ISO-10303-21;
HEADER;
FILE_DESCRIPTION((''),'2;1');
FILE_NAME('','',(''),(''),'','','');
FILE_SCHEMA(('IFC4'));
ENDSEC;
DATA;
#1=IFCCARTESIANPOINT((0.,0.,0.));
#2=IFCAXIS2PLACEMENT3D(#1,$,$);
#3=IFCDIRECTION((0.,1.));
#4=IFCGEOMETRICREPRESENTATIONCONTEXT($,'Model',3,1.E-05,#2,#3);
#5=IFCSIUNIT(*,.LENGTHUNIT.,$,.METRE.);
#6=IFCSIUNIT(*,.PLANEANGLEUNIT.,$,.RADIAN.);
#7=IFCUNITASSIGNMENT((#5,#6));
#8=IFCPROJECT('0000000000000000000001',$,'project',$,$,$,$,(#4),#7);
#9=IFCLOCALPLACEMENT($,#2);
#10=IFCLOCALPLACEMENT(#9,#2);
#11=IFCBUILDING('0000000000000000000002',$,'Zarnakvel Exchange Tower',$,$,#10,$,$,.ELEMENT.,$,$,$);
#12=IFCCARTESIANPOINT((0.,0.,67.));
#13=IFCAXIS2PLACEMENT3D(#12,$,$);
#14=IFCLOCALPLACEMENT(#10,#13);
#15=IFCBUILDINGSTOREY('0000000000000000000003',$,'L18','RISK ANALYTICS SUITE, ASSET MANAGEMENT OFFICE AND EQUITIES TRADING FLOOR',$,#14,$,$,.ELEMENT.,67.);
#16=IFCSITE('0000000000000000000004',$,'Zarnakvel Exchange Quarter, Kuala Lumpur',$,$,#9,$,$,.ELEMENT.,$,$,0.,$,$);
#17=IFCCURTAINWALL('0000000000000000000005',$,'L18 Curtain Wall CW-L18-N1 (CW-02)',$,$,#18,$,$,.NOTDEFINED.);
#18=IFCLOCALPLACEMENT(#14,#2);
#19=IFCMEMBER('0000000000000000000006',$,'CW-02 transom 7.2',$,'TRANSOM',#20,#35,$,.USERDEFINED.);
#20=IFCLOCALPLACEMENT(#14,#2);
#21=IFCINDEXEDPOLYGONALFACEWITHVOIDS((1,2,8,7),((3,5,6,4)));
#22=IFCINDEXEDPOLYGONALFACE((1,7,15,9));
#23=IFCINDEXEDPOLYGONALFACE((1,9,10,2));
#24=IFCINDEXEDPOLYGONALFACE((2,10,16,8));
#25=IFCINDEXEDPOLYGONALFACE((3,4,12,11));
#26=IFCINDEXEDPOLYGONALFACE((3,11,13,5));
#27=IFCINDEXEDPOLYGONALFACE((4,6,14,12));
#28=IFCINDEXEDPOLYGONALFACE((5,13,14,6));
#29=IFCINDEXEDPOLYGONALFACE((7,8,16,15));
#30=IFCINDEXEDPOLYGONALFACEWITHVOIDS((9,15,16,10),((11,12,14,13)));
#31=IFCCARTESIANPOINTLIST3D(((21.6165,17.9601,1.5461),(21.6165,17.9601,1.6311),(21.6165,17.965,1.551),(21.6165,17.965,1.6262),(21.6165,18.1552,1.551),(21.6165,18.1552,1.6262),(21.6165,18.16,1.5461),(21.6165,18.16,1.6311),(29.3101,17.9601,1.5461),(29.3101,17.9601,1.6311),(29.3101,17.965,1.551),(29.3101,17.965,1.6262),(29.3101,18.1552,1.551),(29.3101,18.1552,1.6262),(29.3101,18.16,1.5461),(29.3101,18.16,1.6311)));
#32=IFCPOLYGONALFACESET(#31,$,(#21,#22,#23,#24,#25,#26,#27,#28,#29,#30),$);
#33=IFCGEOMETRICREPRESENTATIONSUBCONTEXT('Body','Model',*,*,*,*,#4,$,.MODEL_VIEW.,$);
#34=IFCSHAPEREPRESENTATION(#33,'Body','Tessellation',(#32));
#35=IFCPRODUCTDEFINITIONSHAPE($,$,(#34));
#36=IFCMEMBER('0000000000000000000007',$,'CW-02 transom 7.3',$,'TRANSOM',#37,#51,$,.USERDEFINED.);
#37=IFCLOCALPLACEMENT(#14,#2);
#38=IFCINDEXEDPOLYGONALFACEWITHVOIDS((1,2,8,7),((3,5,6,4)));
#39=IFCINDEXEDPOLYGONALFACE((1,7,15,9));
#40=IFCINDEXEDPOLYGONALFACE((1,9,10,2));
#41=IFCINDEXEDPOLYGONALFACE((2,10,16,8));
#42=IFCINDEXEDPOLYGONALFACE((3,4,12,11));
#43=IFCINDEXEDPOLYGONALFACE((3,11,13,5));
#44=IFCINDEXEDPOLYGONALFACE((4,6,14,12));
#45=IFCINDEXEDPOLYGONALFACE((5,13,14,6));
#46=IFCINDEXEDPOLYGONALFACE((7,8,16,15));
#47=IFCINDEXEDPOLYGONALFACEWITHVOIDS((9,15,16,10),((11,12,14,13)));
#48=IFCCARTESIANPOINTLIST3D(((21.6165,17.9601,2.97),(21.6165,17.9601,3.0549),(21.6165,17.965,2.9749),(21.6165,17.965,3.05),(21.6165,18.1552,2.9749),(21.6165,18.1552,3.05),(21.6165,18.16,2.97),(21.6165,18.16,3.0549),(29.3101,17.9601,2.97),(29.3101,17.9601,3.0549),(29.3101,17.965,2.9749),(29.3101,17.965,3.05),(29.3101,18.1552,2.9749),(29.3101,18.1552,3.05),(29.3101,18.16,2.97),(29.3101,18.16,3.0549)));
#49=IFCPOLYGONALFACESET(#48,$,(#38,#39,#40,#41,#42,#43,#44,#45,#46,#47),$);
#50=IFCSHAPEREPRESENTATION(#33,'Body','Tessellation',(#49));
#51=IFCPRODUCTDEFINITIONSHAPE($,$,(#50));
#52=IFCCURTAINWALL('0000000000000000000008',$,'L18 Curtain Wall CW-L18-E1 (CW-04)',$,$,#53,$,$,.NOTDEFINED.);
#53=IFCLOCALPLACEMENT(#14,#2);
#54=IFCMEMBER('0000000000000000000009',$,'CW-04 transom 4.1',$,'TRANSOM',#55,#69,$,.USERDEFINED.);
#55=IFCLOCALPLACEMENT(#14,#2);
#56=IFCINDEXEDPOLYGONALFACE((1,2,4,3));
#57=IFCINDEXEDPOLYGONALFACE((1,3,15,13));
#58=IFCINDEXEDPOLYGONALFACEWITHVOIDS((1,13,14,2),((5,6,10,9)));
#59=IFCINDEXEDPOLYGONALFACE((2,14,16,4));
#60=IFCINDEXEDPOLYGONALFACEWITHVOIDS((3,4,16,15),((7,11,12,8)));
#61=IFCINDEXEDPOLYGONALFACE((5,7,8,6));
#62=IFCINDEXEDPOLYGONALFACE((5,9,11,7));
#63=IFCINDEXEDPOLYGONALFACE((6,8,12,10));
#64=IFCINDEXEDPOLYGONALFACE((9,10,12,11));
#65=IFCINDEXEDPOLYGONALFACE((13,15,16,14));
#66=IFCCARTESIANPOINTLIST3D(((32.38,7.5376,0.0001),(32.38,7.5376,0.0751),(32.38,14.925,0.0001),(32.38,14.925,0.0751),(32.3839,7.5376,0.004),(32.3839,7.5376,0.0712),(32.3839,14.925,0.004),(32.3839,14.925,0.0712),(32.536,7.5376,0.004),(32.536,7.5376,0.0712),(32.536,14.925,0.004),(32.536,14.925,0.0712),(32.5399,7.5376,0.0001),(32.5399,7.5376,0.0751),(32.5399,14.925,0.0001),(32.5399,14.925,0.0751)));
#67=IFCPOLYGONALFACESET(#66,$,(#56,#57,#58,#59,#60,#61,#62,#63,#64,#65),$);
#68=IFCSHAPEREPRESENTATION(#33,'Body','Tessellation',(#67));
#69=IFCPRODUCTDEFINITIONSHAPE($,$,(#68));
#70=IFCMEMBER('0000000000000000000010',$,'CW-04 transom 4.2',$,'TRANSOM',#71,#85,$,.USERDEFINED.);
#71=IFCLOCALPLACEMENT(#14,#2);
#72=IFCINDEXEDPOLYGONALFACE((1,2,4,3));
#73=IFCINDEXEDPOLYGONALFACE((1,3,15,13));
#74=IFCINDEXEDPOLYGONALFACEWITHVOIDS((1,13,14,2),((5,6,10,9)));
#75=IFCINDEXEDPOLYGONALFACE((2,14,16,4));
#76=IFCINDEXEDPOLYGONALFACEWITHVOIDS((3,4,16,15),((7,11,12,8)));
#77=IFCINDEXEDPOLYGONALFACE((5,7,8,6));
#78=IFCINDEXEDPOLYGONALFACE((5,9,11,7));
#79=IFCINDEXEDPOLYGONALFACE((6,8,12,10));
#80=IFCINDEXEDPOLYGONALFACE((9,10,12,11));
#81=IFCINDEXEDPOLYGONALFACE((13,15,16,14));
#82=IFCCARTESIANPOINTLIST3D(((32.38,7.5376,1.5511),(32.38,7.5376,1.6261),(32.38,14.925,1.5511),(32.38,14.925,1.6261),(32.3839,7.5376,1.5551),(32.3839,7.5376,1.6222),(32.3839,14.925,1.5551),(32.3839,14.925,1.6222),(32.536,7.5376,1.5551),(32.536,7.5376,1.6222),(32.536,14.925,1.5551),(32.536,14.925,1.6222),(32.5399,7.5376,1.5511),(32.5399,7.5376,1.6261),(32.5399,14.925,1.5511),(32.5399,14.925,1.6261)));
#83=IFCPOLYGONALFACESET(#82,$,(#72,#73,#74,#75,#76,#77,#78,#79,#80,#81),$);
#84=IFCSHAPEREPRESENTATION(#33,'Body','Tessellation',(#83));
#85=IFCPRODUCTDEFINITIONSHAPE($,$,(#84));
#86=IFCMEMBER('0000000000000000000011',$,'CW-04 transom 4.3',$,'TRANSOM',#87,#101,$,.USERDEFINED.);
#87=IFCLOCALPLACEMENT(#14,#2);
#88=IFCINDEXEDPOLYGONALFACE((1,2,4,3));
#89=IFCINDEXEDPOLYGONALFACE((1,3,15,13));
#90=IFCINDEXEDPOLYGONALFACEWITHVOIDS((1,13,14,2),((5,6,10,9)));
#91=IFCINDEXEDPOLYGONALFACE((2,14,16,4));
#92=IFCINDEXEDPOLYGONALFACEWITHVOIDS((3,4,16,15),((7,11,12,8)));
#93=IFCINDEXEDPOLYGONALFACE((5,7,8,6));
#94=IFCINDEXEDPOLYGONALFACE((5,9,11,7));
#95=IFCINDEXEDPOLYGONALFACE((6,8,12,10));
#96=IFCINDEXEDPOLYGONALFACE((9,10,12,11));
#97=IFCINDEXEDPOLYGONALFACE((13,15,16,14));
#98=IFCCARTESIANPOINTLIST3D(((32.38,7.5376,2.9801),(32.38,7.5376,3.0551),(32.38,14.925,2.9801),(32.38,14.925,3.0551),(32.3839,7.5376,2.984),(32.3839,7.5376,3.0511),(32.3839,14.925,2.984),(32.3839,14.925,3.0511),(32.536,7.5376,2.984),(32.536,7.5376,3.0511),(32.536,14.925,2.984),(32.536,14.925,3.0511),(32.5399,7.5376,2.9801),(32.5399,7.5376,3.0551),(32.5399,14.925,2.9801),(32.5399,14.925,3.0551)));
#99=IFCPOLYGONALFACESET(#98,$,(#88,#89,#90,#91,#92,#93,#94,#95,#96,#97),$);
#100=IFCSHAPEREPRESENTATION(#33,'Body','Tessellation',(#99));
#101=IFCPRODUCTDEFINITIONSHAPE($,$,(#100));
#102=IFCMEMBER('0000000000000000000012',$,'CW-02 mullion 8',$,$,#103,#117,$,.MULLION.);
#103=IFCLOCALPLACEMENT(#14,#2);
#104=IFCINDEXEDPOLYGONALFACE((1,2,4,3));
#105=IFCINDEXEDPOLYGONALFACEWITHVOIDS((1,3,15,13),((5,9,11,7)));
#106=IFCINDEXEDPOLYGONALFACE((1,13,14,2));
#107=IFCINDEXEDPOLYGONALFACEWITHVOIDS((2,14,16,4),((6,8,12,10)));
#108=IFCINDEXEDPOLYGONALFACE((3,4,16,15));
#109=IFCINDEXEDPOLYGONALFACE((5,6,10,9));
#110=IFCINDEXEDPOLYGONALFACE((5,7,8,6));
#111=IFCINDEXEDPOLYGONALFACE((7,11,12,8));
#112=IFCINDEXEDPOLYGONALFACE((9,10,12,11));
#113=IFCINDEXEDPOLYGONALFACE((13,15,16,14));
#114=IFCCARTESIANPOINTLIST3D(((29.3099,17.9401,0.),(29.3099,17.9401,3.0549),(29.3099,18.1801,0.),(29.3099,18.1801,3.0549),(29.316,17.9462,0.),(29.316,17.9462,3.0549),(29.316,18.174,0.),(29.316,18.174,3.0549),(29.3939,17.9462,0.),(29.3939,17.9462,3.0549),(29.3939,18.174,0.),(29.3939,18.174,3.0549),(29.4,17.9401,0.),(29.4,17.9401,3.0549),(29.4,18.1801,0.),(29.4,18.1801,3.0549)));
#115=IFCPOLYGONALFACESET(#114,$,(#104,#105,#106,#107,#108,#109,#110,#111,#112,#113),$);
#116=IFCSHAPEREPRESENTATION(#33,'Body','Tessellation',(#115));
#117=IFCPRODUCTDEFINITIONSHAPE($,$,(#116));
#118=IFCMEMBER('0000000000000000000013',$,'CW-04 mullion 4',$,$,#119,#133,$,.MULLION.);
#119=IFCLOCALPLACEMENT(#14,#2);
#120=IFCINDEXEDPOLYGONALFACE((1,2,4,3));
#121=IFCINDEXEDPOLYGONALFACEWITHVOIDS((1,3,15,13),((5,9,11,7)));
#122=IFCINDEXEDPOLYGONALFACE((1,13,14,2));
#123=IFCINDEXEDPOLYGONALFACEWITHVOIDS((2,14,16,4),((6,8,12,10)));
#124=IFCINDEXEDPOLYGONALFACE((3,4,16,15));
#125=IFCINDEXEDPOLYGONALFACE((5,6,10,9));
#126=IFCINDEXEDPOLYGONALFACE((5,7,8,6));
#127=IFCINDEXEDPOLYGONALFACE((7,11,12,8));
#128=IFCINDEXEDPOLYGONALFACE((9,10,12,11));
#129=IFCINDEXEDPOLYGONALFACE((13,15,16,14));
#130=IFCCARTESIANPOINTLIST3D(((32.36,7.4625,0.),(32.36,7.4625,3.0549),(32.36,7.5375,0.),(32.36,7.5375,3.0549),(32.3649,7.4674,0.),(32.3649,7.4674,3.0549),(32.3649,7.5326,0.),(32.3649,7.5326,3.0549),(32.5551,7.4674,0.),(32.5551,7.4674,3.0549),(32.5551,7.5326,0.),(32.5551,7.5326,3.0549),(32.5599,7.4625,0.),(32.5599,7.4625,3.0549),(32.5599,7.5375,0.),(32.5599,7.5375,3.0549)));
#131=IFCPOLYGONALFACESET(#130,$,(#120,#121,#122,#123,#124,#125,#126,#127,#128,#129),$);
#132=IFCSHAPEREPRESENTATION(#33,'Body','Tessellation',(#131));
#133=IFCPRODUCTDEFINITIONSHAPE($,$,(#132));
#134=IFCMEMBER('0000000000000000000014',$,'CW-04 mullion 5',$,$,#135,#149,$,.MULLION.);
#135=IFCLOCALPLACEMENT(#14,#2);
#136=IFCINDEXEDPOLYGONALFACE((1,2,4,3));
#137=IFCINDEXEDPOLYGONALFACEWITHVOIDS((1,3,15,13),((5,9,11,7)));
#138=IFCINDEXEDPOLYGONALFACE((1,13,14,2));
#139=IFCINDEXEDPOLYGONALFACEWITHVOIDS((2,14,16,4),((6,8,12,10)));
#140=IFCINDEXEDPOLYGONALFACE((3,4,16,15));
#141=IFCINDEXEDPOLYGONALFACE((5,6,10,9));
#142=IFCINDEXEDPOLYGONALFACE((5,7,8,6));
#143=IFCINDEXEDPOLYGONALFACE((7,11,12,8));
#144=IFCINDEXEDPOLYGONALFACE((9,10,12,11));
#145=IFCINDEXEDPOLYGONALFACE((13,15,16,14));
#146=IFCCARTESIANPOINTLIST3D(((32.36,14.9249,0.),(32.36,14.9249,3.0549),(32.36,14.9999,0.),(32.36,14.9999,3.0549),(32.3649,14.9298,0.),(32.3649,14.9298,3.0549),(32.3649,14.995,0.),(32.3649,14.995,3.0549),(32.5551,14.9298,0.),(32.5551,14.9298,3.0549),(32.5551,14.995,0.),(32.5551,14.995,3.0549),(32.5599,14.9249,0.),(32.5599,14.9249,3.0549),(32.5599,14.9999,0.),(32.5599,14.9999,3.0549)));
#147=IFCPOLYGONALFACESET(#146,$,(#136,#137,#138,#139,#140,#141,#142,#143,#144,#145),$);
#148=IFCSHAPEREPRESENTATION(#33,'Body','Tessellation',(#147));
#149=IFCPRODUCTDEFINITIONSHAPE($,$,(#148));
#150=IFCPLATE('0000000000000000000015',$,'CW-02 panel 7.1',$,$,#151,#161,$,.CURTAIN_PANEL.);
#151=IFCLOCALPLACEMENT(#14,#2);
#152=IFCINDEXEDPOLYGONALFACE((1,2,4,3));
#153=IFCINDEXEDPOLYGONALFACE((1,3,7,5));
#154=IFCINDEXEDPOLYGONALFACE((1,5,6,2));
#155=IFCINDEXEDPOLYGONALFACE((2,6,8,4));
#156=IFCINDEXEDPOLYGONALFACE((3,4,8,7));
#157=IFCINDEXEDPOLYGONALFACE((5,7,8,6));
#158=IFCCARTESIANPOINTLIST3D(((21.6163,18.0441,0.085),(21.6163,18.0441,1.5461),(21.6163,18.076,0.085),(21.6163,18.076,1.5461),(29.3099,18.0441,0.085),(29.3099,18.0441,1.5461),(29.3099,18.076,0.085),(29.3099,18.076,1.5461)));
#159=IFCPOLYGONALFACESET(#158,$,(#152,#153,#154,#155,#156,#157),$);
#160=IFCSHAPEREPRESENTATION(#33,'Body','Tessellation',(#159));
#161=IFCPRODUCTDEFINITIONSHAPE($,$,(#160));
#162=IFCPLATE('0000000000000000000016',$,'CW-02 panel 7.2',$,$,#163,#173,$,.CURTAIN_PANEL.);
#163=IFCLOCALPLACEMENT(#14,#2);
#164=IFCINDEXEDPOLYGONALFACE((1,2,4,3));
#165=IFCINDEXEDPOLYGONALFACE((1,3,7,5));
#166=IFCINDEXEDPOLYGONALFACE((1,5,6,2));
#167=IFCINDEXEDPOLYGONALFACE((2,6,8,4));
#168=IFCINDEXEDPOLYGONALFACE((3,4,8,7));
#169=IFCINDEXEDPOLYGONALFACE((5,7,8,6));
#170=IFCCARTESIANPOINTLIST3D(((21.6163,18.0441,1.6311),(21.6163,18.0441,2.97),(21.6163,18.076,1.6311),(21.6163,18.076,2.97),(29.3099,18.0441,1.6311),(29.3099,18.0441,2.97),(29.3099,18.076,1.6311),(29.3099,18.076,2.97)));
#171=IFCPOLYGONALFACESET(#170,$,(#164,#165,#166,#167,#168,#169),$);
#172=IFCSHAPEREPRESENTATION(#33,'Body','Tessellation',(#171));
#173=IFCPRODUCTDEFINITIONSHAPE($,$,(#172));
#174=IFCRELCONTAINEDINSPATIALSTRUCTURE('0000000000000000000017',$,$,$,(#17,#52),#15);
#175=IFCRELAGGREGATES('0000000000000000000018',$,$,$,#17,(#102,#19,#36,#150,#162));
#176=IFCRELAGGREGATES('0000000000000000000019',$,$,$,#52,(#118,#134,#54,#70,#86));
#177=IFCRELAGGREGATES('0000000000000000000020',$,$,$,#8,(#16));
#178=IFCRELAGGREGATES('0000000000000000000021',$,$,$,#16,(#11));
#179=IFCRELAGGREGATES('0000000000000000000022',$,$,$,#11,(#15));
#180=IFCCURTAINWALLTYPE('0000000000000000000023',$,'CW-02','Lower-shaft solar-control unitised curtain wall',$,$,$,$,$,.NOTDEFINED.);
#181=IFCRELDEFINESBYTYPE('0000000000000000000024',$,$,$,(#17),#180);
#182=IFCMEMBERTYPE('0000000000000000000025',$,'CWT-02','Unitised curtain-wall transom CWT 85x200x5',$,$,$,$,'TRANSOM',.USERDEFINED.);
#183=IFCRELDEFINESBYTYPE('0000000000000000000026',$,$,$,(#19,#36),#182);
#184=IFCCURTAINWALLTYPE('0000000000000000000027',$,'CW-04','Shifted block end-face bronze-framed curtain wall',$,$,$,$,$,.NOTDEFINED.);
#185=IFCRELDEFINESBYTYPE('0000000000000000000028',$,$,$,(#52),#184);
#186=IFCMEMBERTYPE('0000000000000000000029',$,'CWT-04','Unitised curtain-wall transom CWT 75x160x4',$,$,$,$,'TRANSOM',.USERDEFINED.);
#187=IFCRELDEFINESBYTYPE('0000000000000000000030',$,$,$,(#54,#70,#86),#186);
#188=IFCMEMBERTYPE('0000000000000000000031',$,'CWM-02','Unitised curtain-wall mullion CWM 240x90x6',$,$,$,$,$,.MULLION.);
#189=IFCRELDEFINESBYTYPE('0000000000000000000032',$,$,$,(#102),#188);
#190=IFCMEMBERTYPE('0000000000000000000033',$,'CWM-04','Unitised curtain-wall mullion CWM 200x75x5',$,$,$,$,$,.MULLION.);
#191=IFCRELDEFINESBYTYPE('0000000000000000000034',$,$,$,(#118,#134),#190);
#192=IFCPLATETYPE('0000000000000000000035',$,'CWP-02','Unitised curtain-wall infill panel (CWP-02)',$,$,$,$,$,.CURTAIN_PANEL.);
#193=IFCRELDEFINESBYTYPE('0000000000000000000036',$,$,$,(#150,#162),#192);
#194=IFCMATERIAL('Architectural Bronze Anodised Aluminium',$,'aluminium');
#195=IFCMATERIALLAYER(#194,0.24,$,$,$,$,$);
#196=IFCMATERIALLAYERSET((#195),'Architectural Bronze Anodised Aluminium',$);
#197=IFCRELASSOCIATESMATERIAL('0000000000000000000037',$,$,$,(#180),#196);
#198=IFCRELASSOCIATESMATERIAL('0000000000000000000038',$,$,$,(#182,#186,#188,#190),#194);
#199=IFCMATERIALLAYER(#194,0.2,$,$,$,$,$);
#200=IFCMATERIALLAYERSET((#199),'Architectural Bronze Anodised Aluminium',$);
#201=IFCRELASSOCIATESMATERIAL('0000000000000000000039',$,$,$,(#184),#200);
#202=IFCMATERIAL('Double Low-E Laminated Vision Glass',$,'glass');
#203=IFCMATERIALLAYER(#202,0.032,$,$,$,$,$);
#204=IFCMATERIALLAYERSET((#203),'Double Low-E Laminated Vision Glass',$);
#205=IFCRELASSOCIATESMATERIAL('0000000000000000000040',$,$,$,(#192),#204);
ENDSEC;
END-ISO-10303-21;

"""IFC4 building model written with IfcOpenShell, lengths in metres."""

from ifc_helpers import new_model, si_unit, direction, frame, origin, origin_2d, place, context, subcontext, project, spatial, rectangle, hollow_rectangle, extrude, source, transform, mapped, material, layer, layer_set, material_profile, profile_set, type_object, element, aggregate, save


model = new_model("IFC4")

# Units and contexts
model_context = context("Model", 3, precision=1e-05, world=origin(), true_north=direction((0.0, 1.0)))
body_context = subcontext(model_context, "Body", "Model", "MODEL_VIEW")
ifc_project = project(units=[si_unit("LENGTHUNIT", "METRE"), si_unit("PLANEANGLEUNIT", "RADIAN")], contexts=[model_context])

# Site, building, storey
site_placement = place(None, origin())
site = spatial("IfcSite", under=ifc_project, at=site_placement, Name="Zarnakvel Exchange Quarter, Kuala Lumpur", CompositionType="ELEMENT", RefElevation=0.0)
building_placement = place(site_placement, origin())
building = spatial("IfcBuilding", under=site, at=building_placement, Name="Zarnakvel Exchange Tower", CompositionType="ELEMENT")
storey_placement = place(building_placement, frame((0.0, 0.0, 67.0)))
storey = spatial("IfcBuildingStorey", under=building, at=storey_placement, Name="L18", Description="RISK ANALYTICS SUITE, ASSET MANAGEMENT OFFICE AND EQUITIES TRADING FLOOR", CompositionType="ELEMENT", Elevation=67.0)

# Curtain walls, members
ifc_material_1 = material(Name="Architectural Bronze Anodised Aluminium", Category="aluminium")
ifc_layer_1 = layer(ifc_material_1, 0.24)
ifc_layer_set_1 = layer_set([ifc_layer_1], Name="Architectural Bronze Anodised Aluminium")
curtain_wall_type_1 = type_object("IfcCurtainWallType", Name="CW-02", Description="Lower-shaft solar-control unitised curtain wall", PredefinedType="NOTDEFINED", material=ifc_layer_set_1)
curtain_wall_1_placement = place(storey_placement, origin())
curtain_wall_1 = element("IfcCurtainWall", 1, at=curtain_wall_1_placement, inside=storey, type_object=curtain_wall_type_1, Name="L18 Curtain Wall CW-L18-N1 (CW-02)", PredefinedType="NOTDEFINED")
ifc_material_profile_1 = material_profile(ifc_material_1, hollow_rectangle(XDim=0.2, YDim=0.085, WallThickness=0.0049, at=origin_2d()))
ifc_profile_set_1 = profile_set([ifc_material_profile_1], Name="Architectural Bronze Anodised Aluminium")
member_type_1 = type_object("IfcMemberType", Name="CWT-02", Description="Unitised curtain-wall transom CWT 85x200x5", ElementType="TRANSOM", PredefinedType="USERDEFINED", material=ifc_profile_set_1)
shared_shape_1 = source(origin(), body_context, "Body", "SweptSolid", [
    extrude(hollow_rectangle(XDim=0.2, YDim=0.085, WallThickness=0.0049, at=origin_2d()), origin(), (0.0, 0.0, 1.0), 7.6936),
])
member_1_placement = place(storey_placement, frame((21.6165, 18.0601, 1.5886), z_axis=(1.0, 0.0, 0.0), x_axis=(0.0, 1.0, 0.0)))
member_1 = element("IfcMember", 2, at=member_1_placement, type_object=member_type_1, Name="CW-02 transom 7.2", ObjectType="TRANSOM", PredefinedType="USERDEFINED", context=body_context, shape_type="MappedRepresentation", body=[
    mapped(shared_shape_1, transform((0.0, 0.0, 0.0), x_axis=(1.0, 0.0, 0.0), y_axis=(0.0, 1.0, 0.0), z_axis=(0.0, 0.0, 1.0), scale=1.0)),
])
member_2_placement = place(storey_placement, frame((21.6165, 18.0601, 3.0125), z_axis=(1.0, 0.0, 0.0), x_axis=(0.0, 1.0, 0.0)))
member_2 = element("IfcMember", 3, at=member_2_placement, type_object=member_type_1, Name="CW-02 transom 7.3", ObjectType="TRANSOM", PredefinedType="USERDEFINED", context=body_context, shape_type="MappedRepresentation", body=[
    mapped(shared_shape_1, transform((0.0, 0.0, 0.0), x_axis=(1.0, 0.0, 0.0), y_axis=(0.0, 1.0, 0.0), z_axis=(0.0, 0.0, 1.0), scale=1.0)),
])
ifc_layer_2 = layer(ifc_material_1, 0.2)
ifc_layer_set_2 = layer_set([ifc_layer_2], Name="Architectural Bronze Anodised Aluminium")
curtain_wall_type_2 = type_object("IfcCurtainWallType", Name="CW-04", Description="Shifted block end-face bronze-framed curtain wall", PredefinedType="NOTDEFINED", material=ifc_layer_set_2)
curtain_wall_2_placement = place(storey_placement, origin())
curtain_wall_2 = element("IfcCurtainWall", 4, at=curtain_wall_2_placement, inside=storey, type_object=curtain_wall_type_2, Name="L18 Curtain Wall CW-L18-E1 (CW-04)", PredefinedType="NOTDEFINED")
ifc_material_profile_2 = material_profile(ifc_material_1, hollow_rectangle(XDim=0.1599, YDim=0.075, WallThickness=0.0039, at=origin_2d()))
ifc_profile_set_2 = profile_set([ifc_material_profile_2], Name="Architectural Bronze Anodised Aluminium")
member_type_2 = type_object("IfcMemberType", Name="CWT-04", Description="Unitised curtain-wall transom CWT 75x160x4", ElementType="TRANSOM", PredefinedType="USERDEFINED", material=ifc_profile_set_2)
shared_shape_2 = source(origin(), body_context, "Body", "SweptSolid", [
    extrude(hollow_rectangle(XDim=0.1599, YDim=0.075, WallThickness=0.0039, at=origin_2d()), origin(), (0.0, 0.0, 1.0), 7.3875),
])
member_3_placement = place(storey_placement, frame((32.46, 7.5376, 0.0376), z_axis=(0.0, 1.0, 0.0), x_axis=(-1.0, 0.0, 0.0)))
member_3 = element("IfcMember", 5, at=member_3_placement, type_object=member_type_2, Name="CW-04 transom 4.1", ObjectType="TRANSOM", PredefinedType="USERDEFINED", context=body_context, shape_type="MappedRepresentation", body=[
    mapped(shared_shape_2, transform((0.0, 0.0, 0.0), x_axis=(1.0, 0.0, 0.0), y_axis=(0.0, 1.0, 0.0), z_axis=(0.0, 0.0, 1.0), scale=1.0)),
])
member_4_placement = place(storey_placement, frame((32.46, 7.5376, 1.5886), z_axis=(0.0, 1.0, 0.0), x_axis=(-1.0, 0.0, 0.0)))
member_4 = element("IfcMember", 6, at=member_4_placement, type_object=member_type_2, Name="CW-04 transom 4.2", ObjectType="TRANSOM", PredefinedType="USERDEFINED", context=body_context, shape_type="MappedRepresentation", body=[
    mapped(shared_shape_2, transform((0.0, 0.0, 0.0), x_axis=(1.0, 0.0, 0.0), y_axis=(0.0, 1.0, 0.0), z_axis=(0.0, 0.0, 1.0), scale=1.0)),
])
member_5_placement = place(storey_placement, frame((32.46, 7.5376, 3.0176), z_axis=(0.0, 1.0, 0.0), x_axis=(-1.0, 0.0, 0.0)))
member_5 = element("IfcMember", 7, at=member_5_placement, type_object=member_type_2, Name="CW-04 transom 4.3", ObjectType="TRANSOM", PredefinedType="USERDEFINED", context=body_context, shape_type="MappedRepresentation", body=[
    mapped(shared_shape_2, transform((0.0, 0.0, 0.0), x_axis=(1.0, 0.0, 0.0), y_axis=(0.0, 1.0, 0.0), z_axis=(0.0, 0.0, 1.0), scale=1.0)),
])

# Members
ifc_material_profile_3 = material_profile(ifc_material_1, hollow_rectangle(XDim=0.24, YDim=0.0901, WallThickness=0.0061, at=origin_2d()))
ifc_profile_set_3 = profile_set([ifc_material_profile_3], Name="Architectural Bronze Anodised Aluminium")
member_type_3 = type_object("IfcMemberType", Name="CWM-02", Description="Unitised curtain-wall mullion CWM 240x90x6", PredefinedType="MULLION", material=ifc_profile_set_3)
shared_shape_3 = source(origin(), body_context, "Body", "SweptSolid", [
    extrude(hollow_rectangle(XDim=0.24, YDim=0.0901, WallThickness=0.0061, at=origin_2d()), origin(), (0.0, 0.0, 1.0), 3.0549),
])
member_6_placement = place(storey_placement, frame((29.355, 18.0601, 0.0), z_axis=(0.0, 0.0, 1.0), x_axis=(0.0, 1.0, 0.0)))
member_6 = element("IfcMember", 8, at=member_6_placement, type_object=member_type_3, Name="CW-02 mullion 8", PredefinedType="MULLION", context=body_context, shape_type="MappedRepresentation", body=[
    mapped(shared_shape_3, transform((0.0, 0.0, 0.0), x_axis=(1.0, 0.0, 0.0), y_axis=(0.0, 1.0, 0.0), z_axis=(0.0, 0.0, 1.0), scale=1.0)),
])
ifc_material_profile_4 = material_profile(ifc_material_1, hollow_rectangle(XDim=0.2, YDim=0.075, WallThickness=0.0049, at=origin_2d()))
ifc_profile_set_4 = profile_set([ifc_material_profile_4], Name="Architectural Bronze Anodised Aluminium")
member_type_4 = type_object("IfcMemberType", Name="CWM-04", Description="Unitised curtain-wall mullion CWM 200x75x5", PredefinedType="MULLION", material=ifc_profile_set_4)
shared_shape_4 = source(origin(), body_context, "Body", "SweptSolid", [
    extrude(hollow_rectangle(XDim=0.2, YDim=0.075, WallThickness=0.0049, at=origin_2d()), origin(), (0.0, 0.0, 1.0), 3.0549),
])
member_7_placement = place(storey_placement, frame((32.46, 7.5, 0.0), z_axis=(0.0, 0.0, 1.0), x_axis=(-1.0, 0.0, 0.0)))
member_7 = element("IfcMember", 9, at=member_7_placement, type_object=member_type_4, Name="CW-04 mullion 4", PredefinedType="MULLION", context=body_context, shape_type="MappedRepresentation", body=[
    mapped(shared_shape_4, transform((0.0, 0.0, 0.0), x_axis=(1.0, 0.0, 0.0), y_axis=(0.0, 1.0, 0.0), z_axis=(0.0, 0.0, 1.0), scale=1.0)),
])
member_8_placement = place(storey_placement, frame((32.46, 14.9624, 0.0), z_axis=(0.0, 0.0, 1.0), x_axis=(-1.0, 0.0, 0.0)))
member_8 = element("IfcMember", 10, at=member_8_placement, type_object=member_type_4, Name="CW-04 mullion 5", PredefinedType="MULLION", context=body_context, shape_type="MappedRepresentation", body=[
    mapped(shared_shape_4, transform((0.0, 0.0, 0.0), x_axis=(1.0, 0.0, 0.0), y_axis=(0.0, 1.0, 0.0), z_axis=(0.0, 0.0, 1.0), scale=1.0)),
])

# Plates
ifc_material_2 = material(Name="Double Low-E Laminated Vision Glass", Category="glass")
ifc_layer_3 = layer(ifc_material_2, 0.032)
ifc_layer_set_3 = layer_set([ifc_layer_3], Name="Double Low-E Laminated Vision Glass")
plate_type_1 = type_object("IfcPlateType", Name="CWP-02", Description="Unitised curtain-wall infill panel (CWP-02)", PredefinedType="CURTAIN_PANEL", material=ifc_layer_set_3)
shared_shape_5 = source(origin(), body_context, "Body", "SweptSolid", [
    extrude(rectangle(XDim=7.6936, YDim=0.032, at=origin_2d()), origin(), (0.0, 0.0, 1.0), 1.4612),
])
plate_1_placement = place(storey_placement, frame((25.4631, 18.0601, 0.085), z_axis=(0.0, 0.0, 1.0), x_axis=(1.0, 0.0, 0.0)))
plate_1 = element("IfcPlate", 11, at=plate_1_placement, type_object=plate_type_1, Name="CW-02 panel 7.1", PredefinedType="CURTAIN_PANEL", context=body_context, shape_type="MappedRepresentation", body=[
    mapped(shared_shape_5, transform((0.0, 0.0, 0.0), x_axis=(1.0, 0.0, 0.0), y_axis=(0.0, 1.0, 0.0), z_axis=(0.0, 0.0, 1.0), scale=1.0)),
])
shared_shape_6 = source(origin(), body_context, "Body", "SweptSolid", [
    extrude(rectangle(XDim=7.6936, YDim=0.032, at=origin_2d()), origin(), (0.0, 0.0, 1.0), 1.3389),
])
plate_2_placement = place(storey_placement, frame((25.4631, 18.0601, 1.6311), z_axis=(0.0, 0.0, 1.0), x_axis=(1.0, 0.0, 0.0)))
plate_2 = element("IfcPlate", 12, at=plate_2_placement, type_object=plate_type_1, Name="CW-02 panel 7.2", PredefinedType="CURTAIN_PANEL", context=body_context, shape_type="MappedRepresentation", body=[
    mapped(shared_shape_6, transform((0.0, 0.0, 0.0), x_axis=(1.0, 0.0, 0.0), y_axis=(0.0, 1.0, 0.0), z_axis=(0.0, 0.0, 1.0), scale=1.0)),
])
aggregate(curtain_wall_1, [member_6, member_1, member_2, plate_1, plate_2])
aggregate(curtain_wall_2, [member_7, member_8, member_3, member_4, member_5])

save(model, "model.ifc")
